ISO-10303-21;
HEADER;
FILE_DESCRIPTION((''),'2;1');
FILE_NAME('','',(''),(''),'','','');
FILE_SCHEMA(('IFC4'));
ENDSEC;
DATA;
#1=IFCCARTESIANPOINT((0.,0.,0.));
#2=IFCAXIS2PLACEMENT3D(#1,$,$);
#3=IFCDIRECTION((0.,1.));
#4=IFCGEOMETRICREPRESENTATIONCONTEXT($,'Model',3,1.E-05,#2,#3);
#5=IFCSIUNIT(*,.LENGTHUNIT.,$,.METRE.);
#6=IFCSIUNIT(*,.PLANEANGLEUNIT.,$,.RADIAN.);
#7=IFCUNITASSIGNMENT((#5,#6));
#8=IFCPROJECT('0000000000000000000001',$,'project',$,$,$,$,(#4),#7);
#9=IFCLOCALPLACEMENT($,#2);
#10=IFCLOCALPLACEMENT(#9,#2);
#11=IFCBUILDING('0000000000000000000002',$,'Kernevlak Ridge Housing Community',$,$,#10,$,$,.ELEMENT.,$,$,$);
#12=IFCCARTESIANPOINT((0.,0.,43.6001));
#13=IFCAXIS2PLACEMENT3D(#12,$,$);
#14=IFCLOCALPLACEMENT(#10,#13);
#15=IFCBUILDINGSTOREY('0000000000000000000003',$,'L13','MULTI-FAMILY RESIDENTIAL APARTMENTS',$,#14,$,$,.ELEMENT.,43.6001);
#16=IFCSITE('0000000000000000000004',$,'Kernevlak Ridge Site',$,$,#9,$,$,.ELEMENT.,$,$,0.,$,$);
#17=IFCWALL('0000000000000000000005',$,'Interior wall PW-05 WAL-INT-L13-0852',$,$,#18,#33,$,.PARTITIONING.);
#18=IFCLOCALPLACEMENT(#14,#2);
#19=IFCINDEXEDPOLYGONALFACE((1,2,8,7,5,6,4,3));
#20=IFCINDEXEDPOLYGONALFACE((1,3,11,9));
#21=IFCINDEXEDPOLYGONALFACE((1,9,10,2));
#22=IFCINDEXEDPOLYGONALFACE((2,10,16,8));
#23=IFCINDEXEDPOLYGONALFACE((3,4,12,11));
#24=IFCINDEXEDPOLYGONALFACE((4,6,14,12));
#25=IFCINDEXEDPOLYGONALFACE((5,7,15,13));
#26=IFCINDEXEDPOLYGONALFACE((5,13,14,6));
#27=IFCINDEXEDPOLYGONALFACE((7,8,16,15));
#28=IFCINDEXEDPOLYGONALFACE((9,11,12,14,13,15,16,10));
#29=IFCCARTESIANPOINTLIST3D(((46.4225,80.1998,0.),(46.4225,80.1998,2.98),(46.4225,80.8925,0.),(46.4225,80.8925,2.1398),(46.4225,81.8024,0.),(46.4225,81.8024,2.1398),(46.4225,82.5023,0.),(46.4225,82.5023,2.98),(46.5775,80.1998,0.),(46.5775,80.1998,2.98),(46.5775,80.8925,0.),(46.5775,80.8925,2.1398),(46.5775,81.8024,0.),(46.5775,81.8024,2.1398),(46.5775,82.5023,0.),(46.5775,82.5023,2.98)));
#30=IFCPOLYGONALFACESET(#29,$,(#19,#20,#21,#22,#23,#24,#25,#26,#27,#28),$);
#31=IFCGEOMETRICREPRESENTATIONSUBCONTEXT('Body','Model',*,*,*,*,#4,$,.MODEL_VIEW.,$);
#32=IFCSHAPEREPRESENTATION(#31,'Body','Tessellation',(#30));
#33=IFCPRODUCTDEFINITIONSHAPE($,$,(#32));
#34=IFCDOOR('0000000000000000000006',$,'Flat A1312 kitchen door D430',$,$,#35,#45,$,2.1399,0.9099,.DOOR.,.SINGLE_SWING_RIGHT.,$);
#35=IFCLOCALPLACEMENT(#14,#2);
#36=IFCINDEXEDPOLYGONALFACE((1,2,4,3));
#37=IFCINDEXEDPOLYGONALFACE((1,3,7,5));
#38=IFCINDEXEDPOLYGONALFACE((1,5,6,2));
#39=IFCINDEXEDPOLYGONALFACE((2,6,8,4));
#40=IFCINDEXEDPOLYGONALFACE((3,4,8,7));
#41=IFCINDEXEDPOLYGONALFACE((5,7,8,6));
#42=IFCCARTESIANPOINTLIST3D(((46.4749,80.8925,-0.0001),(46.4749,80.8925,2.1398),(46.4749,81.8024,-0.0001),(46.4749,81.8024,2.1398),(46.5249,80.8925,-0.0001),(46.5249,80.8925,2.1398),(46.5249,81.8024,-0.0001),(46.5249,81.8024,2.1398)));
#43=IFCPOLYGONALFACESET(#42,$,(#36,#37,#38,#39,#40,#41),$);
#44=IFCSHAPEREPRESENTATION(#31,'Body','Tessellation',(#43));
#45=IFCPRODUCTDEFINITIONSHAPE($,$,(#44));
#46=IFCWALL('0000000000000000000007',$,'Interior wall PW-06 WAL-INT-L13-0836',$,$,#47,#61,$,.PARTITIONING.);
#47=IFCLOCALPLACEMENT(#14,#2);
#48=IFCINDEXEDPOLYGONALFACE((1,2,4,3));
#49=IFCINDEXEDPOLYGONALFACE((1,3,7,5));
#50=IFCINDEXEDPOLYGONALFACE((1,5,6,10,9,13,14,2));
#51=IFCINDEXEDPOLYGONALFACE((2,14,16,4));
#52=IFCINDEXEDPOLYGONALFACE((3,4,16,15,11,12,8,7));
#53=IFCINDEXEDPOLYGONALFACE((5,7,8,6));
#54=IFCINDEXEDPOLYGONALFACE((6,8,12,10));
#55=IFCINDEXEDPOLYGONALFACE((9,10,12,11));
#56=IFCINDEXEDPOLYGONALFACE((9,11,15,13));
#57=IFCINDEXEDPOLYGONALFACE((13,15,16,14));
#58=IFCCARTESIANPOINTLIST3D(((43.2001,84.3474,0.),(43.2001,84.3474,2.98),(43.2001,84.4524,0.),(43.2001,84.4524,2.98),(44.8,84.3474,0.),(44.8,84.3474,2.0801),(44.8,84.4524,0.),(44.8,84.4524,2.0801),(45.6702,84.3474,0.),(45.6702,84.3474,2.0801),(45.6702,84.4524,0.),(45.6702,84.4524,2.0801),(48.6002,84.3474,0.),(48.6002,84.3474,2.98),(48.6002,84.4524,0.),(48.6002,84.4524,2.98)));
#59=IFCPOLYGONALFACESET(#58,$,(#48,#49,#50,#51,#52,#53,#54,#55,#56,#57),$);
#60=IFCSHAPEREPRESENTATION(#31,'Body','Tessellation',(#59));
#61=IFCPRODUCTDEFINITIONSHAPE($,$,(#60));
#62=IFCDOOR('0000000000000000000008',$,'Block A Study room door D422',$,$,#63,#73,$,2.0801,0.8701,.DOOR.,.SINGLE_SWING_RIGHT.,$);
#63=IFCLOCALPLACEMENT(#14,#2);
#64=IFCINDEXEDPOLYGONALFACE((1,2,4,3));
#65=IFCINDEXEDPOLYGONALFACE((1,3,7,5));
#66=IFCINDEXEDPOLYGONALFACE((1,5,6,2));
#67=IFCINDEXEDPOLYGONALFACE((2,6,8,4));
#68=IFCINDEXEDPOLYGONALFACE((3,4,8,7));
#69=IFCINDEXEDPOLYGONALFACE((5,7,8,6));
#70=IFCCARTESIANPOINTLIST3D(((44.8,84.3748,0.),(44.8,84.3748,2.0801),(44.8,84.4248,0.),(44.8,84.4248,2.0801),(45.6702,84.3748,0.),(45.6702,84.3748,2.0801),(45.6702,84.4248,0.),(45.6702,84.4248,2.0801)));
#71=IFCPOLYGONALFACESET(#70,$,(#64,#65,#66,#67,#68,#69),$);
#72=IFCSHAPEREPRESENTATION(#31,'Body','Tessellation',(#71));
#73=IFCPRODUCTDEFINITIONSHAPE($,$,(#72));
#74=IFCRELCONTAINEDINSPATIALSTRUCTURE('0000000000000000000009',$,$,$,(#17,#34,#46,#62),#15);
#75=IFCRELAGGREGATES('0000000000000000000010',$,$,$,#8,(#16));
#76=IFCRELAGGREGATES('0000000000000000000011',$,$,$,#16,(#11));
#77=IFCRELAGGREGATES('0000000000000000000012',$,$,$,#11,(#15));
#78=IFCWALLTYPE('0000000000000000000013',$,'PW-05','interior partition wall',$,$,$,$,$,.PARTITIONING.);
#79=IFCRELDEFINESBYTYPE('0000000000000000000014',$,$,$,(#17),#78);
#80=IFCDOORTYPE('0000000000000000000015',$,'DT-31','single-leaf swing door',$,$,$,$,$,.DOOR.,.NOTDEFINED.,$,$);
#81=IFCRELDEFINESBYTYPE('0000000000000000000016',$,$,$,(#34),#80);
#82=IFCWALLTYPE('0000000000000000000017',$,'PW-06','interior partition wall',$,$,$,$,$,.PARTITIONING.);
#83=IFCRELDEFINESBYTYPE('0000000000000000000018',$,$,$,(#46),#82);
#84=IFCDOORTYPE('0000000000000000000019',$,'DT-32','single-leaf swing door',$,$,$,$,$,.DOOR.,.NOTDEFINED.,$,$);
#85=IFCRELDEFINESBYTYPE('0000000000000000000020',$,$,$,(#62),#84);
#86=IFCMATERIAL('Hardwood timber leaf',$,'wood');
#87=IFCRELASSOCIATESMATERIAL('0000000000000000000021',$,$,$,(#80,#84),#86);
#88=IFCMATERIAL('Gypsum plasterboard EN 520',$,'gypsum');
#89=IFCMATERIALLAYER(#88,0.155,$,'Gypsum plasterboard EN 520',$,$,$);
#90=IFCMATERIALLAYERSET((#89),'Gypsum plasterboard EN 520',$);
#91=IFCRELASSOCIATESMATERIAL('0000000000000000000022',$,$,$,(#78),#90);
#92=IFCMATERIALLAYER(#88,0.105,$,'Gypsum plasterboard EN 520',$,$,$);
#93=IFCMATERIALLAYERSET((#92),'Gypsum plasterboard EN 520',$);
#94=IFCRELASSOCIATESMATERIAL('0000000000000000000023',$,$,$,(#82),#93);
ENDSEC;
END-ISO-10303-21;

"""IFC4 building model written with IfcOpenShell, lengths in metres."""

from ifc_helpers import new_model, si_unit, direction, frame, frame_2d, origin, place, context, subcontext, project, spatial, rectangle, extrude, material, layer, layer_set, type_object, element, fill, save


model = new_model("IFC4")

# Units and contexts
model_context = context("Model", 3, precision=1e-05, world=origin(), true_north=direction((0.0, 1.0)))
body_context = subcontext(model_context, "Body", "Model", "MODEL_VIEW")
ifc_project = project(units=[si_unit("LENGTHUNIT", "METRE"), si_unit("PLANEANGLEUNIT", "RADIAN")], contexts=[model_context])

# Site, building, storey
site_placement = place(None, origin())
site = spatial("IfcSite", under=ifc_project, at=site_placement, Name="Kernevlak Ridge Site", CompositionType="ELEMENT", RefElevation=0.0)
building_placement = place(site_placement, origin())
building = spatial("IfcBuilding", under=site, at=building_placement, Name="Kernevlak Ridge Housing Community", CompositionType="ELEMENT")
storey_placement = place(building_placement, frame((0.0, 0.0, 43.6001)))
storey = spatial("IfcBuildingStorey", under=building, at=storey_placement, Name="L13", Description="MULTI-FAMILY RESIDENTIAL APARTMENTS", CompositionType="ELEMENT", Elevation=43.6001)

# Walls, openings, doors
ifc_material_1 = material(Name="Hardwood timber leaf", Category="wood")
door_type_1 = type_object("IfcDoorType", Name="DT-31", Description="single-leaf swing door", OperationType="NOTDEFINED", PredefinedType="DOOR", material=ifc_material_1)
ifc_material_2 = material(Name="Gypsum plasterboard EN 520", Category="gypsum")
ifc_layer_1 = layer(ifc_material_2, 0.155, Name="Gypsum plasterboard EN 520")
ifc_layer_set_1 = layer_set([ifc_layer_1], Name="Gypsum plasterboard EN 520")
wall_type_1 = type_object("IfcWallType", Name="PW-05", Description="interior partition wall", PredefinedType="PARTITIONING", material=ifc_layer_set_1)
wall_1_placement = place(storey_placement, frame((46.5, 82.5024, 0.0), z_axis=(0.0, 0.0, 1.0), x_axis=(0.0, -1.0, 0.0)))
wall_1 = element("IfcWall", 1, at=wall_1_placement, inside=storey, type_object=wall_type_1, Name="Interior wall PW-05 WAL-INT-L13-0852", PredefinedType="PARTITIONING", context=body_context, shape_type="SweptSolid", body=[
    extrude(rectangle(XDim=2.3025, YDim=0.155, at=frame_2d((1.1514, 0.0))), origin(), (0.0, 0.0, 1.0), 2.98),
])
opening_1_placement = place(wall_1_placement, frame((0.7, 0.0, 0.0)))
opening_1 = element("IfcOpeningElement", 2, at=opening_1_placement, cuts=wall_1, PredefinedType="OPENING", context=body_context, shape_type="SweptSolid", body=[
    extrude(rectangle(XDim=0.9099, YDim=2.1399, at=frame_2d((0.4551, 1.0698))), frame((0.0, 0.0874, 0.0), z_axis=(0.0, -1.0, 0.0), x_axis=(1.0, 0.0, 0.0)), (0.0, 0.0, 1.0), 0.175),
])
door_1_placement = place(opening_1_placement, origin())
door_1 = element("IfcDoor", 3, at=door_1_placement, inside=storey, type_object=door_type_1, Name="Flat A1312 kitchen door D430", OperationType="SINGLE_SWING_RIGHT", OverallHeight=2.1399, OverallWidth=0.9099, PredefinedType="DOOR", context=body_context, shape_type="SweptSolid", body=[
    extrude(rectangle(XDim=0.9099, YDim=2.1399, at=frame_2d((0.4551, 1.0698))), frame((0.0, 0.0249, 0.0), z_axis=(0.0, -1.0, 0.0), x_axis=(1.0, 0.0, 0.0)), (0.0, 0.0, 1.0), 0.05),
])
fill(opening_1, door_1)
ifc_layer_2 = layer(ifc_material_2, 0.105, Name="Gypsum plasterboard EN 520")
ifc_layer_set_2 = layer_set([ifc_layer_2], Name="Gypsum plasterboard EN 520")
wall_type_2 = type_object("IfcWallType", Name="PW-06", Description="interior partition wall", PredefinedType="PARTITIONING", material=ifc_layer_set_2)
wall_2_placement = place(storey_placement, frame((43.2, 84.3999, 0.0), z_axis=(0.0, 0.0, 1.0), x_axis=(1.0, 0.0, 0.0)))
wall_2 = element("IfcWall", 4, at=wall_2_placement, inside=storey, type_object=wall_type_2, Name="Interior wall PW-06 WAL-INT-L13-0836", PredefinedType="PARTITIONING", context=body_context, shape_type="SweptSolid", body=[
    extrude(rectangle(XDim=5.4001, YDim=0.105, at=frame_2d((2.7002, 0.0))), origin(), (0.0, 0.0, 1.0), 2.98),
])
opening_2_placement = place(wall_2_placement, frame((1.6001, 0.0, 0.0)))
opening_2 = element("IfcOpeningElement", 5, at=opening_2_placement, cuts=wall_2, PredefinedType="OPENING", context=body_context, shape_type="SweptSolid", body=[
    extrude(rectangle(XDim=0.8701, YDim=2.0801, at=frame_2d((0.4351, 1.04))), frame((0.0, 0.0625, 0.0), z_axis=(0.0, -1.0, 0.0), x_axis=(1.0, 0.0, 0.0)), (0.0, 0.0, 1.0), 0.125),
])
door_type_2 = type_object("IfcDoorType", Name="DT-32", Description="single-leaf swing door", OperationType="NOTDEFINED", PredefinedType="DOOR", material=ifc_material_1)
door_2_placement = place(opening_2_placement, origin())
door_2 = element("IfcDoor", 6, at=door_2_placement, inside=storey, type_object=door_type_2, Name="Block A Study room door D422", OperationType="SINGLE_SWING_RIGHT", OverallHeight=2.0801, OverallWidth=0.8701, PredefinedType="DOOR", context=body_context, shape_type="SweptSolid", body=[
    extrude(rectangle(XDim=0.8701, YDim=2.0801, at=frame_2d((0.4351, 1.04))), frame((0.0, 0.0249, 0.0), z_axis=(0.0, -1.0, 0.0), x_axis=(1.0, 0.0, 0.0)), (0.0, 0.0, 1.0), 0.05),
])
fill(opening_2, door_2)

save(model, "model.ifc")
